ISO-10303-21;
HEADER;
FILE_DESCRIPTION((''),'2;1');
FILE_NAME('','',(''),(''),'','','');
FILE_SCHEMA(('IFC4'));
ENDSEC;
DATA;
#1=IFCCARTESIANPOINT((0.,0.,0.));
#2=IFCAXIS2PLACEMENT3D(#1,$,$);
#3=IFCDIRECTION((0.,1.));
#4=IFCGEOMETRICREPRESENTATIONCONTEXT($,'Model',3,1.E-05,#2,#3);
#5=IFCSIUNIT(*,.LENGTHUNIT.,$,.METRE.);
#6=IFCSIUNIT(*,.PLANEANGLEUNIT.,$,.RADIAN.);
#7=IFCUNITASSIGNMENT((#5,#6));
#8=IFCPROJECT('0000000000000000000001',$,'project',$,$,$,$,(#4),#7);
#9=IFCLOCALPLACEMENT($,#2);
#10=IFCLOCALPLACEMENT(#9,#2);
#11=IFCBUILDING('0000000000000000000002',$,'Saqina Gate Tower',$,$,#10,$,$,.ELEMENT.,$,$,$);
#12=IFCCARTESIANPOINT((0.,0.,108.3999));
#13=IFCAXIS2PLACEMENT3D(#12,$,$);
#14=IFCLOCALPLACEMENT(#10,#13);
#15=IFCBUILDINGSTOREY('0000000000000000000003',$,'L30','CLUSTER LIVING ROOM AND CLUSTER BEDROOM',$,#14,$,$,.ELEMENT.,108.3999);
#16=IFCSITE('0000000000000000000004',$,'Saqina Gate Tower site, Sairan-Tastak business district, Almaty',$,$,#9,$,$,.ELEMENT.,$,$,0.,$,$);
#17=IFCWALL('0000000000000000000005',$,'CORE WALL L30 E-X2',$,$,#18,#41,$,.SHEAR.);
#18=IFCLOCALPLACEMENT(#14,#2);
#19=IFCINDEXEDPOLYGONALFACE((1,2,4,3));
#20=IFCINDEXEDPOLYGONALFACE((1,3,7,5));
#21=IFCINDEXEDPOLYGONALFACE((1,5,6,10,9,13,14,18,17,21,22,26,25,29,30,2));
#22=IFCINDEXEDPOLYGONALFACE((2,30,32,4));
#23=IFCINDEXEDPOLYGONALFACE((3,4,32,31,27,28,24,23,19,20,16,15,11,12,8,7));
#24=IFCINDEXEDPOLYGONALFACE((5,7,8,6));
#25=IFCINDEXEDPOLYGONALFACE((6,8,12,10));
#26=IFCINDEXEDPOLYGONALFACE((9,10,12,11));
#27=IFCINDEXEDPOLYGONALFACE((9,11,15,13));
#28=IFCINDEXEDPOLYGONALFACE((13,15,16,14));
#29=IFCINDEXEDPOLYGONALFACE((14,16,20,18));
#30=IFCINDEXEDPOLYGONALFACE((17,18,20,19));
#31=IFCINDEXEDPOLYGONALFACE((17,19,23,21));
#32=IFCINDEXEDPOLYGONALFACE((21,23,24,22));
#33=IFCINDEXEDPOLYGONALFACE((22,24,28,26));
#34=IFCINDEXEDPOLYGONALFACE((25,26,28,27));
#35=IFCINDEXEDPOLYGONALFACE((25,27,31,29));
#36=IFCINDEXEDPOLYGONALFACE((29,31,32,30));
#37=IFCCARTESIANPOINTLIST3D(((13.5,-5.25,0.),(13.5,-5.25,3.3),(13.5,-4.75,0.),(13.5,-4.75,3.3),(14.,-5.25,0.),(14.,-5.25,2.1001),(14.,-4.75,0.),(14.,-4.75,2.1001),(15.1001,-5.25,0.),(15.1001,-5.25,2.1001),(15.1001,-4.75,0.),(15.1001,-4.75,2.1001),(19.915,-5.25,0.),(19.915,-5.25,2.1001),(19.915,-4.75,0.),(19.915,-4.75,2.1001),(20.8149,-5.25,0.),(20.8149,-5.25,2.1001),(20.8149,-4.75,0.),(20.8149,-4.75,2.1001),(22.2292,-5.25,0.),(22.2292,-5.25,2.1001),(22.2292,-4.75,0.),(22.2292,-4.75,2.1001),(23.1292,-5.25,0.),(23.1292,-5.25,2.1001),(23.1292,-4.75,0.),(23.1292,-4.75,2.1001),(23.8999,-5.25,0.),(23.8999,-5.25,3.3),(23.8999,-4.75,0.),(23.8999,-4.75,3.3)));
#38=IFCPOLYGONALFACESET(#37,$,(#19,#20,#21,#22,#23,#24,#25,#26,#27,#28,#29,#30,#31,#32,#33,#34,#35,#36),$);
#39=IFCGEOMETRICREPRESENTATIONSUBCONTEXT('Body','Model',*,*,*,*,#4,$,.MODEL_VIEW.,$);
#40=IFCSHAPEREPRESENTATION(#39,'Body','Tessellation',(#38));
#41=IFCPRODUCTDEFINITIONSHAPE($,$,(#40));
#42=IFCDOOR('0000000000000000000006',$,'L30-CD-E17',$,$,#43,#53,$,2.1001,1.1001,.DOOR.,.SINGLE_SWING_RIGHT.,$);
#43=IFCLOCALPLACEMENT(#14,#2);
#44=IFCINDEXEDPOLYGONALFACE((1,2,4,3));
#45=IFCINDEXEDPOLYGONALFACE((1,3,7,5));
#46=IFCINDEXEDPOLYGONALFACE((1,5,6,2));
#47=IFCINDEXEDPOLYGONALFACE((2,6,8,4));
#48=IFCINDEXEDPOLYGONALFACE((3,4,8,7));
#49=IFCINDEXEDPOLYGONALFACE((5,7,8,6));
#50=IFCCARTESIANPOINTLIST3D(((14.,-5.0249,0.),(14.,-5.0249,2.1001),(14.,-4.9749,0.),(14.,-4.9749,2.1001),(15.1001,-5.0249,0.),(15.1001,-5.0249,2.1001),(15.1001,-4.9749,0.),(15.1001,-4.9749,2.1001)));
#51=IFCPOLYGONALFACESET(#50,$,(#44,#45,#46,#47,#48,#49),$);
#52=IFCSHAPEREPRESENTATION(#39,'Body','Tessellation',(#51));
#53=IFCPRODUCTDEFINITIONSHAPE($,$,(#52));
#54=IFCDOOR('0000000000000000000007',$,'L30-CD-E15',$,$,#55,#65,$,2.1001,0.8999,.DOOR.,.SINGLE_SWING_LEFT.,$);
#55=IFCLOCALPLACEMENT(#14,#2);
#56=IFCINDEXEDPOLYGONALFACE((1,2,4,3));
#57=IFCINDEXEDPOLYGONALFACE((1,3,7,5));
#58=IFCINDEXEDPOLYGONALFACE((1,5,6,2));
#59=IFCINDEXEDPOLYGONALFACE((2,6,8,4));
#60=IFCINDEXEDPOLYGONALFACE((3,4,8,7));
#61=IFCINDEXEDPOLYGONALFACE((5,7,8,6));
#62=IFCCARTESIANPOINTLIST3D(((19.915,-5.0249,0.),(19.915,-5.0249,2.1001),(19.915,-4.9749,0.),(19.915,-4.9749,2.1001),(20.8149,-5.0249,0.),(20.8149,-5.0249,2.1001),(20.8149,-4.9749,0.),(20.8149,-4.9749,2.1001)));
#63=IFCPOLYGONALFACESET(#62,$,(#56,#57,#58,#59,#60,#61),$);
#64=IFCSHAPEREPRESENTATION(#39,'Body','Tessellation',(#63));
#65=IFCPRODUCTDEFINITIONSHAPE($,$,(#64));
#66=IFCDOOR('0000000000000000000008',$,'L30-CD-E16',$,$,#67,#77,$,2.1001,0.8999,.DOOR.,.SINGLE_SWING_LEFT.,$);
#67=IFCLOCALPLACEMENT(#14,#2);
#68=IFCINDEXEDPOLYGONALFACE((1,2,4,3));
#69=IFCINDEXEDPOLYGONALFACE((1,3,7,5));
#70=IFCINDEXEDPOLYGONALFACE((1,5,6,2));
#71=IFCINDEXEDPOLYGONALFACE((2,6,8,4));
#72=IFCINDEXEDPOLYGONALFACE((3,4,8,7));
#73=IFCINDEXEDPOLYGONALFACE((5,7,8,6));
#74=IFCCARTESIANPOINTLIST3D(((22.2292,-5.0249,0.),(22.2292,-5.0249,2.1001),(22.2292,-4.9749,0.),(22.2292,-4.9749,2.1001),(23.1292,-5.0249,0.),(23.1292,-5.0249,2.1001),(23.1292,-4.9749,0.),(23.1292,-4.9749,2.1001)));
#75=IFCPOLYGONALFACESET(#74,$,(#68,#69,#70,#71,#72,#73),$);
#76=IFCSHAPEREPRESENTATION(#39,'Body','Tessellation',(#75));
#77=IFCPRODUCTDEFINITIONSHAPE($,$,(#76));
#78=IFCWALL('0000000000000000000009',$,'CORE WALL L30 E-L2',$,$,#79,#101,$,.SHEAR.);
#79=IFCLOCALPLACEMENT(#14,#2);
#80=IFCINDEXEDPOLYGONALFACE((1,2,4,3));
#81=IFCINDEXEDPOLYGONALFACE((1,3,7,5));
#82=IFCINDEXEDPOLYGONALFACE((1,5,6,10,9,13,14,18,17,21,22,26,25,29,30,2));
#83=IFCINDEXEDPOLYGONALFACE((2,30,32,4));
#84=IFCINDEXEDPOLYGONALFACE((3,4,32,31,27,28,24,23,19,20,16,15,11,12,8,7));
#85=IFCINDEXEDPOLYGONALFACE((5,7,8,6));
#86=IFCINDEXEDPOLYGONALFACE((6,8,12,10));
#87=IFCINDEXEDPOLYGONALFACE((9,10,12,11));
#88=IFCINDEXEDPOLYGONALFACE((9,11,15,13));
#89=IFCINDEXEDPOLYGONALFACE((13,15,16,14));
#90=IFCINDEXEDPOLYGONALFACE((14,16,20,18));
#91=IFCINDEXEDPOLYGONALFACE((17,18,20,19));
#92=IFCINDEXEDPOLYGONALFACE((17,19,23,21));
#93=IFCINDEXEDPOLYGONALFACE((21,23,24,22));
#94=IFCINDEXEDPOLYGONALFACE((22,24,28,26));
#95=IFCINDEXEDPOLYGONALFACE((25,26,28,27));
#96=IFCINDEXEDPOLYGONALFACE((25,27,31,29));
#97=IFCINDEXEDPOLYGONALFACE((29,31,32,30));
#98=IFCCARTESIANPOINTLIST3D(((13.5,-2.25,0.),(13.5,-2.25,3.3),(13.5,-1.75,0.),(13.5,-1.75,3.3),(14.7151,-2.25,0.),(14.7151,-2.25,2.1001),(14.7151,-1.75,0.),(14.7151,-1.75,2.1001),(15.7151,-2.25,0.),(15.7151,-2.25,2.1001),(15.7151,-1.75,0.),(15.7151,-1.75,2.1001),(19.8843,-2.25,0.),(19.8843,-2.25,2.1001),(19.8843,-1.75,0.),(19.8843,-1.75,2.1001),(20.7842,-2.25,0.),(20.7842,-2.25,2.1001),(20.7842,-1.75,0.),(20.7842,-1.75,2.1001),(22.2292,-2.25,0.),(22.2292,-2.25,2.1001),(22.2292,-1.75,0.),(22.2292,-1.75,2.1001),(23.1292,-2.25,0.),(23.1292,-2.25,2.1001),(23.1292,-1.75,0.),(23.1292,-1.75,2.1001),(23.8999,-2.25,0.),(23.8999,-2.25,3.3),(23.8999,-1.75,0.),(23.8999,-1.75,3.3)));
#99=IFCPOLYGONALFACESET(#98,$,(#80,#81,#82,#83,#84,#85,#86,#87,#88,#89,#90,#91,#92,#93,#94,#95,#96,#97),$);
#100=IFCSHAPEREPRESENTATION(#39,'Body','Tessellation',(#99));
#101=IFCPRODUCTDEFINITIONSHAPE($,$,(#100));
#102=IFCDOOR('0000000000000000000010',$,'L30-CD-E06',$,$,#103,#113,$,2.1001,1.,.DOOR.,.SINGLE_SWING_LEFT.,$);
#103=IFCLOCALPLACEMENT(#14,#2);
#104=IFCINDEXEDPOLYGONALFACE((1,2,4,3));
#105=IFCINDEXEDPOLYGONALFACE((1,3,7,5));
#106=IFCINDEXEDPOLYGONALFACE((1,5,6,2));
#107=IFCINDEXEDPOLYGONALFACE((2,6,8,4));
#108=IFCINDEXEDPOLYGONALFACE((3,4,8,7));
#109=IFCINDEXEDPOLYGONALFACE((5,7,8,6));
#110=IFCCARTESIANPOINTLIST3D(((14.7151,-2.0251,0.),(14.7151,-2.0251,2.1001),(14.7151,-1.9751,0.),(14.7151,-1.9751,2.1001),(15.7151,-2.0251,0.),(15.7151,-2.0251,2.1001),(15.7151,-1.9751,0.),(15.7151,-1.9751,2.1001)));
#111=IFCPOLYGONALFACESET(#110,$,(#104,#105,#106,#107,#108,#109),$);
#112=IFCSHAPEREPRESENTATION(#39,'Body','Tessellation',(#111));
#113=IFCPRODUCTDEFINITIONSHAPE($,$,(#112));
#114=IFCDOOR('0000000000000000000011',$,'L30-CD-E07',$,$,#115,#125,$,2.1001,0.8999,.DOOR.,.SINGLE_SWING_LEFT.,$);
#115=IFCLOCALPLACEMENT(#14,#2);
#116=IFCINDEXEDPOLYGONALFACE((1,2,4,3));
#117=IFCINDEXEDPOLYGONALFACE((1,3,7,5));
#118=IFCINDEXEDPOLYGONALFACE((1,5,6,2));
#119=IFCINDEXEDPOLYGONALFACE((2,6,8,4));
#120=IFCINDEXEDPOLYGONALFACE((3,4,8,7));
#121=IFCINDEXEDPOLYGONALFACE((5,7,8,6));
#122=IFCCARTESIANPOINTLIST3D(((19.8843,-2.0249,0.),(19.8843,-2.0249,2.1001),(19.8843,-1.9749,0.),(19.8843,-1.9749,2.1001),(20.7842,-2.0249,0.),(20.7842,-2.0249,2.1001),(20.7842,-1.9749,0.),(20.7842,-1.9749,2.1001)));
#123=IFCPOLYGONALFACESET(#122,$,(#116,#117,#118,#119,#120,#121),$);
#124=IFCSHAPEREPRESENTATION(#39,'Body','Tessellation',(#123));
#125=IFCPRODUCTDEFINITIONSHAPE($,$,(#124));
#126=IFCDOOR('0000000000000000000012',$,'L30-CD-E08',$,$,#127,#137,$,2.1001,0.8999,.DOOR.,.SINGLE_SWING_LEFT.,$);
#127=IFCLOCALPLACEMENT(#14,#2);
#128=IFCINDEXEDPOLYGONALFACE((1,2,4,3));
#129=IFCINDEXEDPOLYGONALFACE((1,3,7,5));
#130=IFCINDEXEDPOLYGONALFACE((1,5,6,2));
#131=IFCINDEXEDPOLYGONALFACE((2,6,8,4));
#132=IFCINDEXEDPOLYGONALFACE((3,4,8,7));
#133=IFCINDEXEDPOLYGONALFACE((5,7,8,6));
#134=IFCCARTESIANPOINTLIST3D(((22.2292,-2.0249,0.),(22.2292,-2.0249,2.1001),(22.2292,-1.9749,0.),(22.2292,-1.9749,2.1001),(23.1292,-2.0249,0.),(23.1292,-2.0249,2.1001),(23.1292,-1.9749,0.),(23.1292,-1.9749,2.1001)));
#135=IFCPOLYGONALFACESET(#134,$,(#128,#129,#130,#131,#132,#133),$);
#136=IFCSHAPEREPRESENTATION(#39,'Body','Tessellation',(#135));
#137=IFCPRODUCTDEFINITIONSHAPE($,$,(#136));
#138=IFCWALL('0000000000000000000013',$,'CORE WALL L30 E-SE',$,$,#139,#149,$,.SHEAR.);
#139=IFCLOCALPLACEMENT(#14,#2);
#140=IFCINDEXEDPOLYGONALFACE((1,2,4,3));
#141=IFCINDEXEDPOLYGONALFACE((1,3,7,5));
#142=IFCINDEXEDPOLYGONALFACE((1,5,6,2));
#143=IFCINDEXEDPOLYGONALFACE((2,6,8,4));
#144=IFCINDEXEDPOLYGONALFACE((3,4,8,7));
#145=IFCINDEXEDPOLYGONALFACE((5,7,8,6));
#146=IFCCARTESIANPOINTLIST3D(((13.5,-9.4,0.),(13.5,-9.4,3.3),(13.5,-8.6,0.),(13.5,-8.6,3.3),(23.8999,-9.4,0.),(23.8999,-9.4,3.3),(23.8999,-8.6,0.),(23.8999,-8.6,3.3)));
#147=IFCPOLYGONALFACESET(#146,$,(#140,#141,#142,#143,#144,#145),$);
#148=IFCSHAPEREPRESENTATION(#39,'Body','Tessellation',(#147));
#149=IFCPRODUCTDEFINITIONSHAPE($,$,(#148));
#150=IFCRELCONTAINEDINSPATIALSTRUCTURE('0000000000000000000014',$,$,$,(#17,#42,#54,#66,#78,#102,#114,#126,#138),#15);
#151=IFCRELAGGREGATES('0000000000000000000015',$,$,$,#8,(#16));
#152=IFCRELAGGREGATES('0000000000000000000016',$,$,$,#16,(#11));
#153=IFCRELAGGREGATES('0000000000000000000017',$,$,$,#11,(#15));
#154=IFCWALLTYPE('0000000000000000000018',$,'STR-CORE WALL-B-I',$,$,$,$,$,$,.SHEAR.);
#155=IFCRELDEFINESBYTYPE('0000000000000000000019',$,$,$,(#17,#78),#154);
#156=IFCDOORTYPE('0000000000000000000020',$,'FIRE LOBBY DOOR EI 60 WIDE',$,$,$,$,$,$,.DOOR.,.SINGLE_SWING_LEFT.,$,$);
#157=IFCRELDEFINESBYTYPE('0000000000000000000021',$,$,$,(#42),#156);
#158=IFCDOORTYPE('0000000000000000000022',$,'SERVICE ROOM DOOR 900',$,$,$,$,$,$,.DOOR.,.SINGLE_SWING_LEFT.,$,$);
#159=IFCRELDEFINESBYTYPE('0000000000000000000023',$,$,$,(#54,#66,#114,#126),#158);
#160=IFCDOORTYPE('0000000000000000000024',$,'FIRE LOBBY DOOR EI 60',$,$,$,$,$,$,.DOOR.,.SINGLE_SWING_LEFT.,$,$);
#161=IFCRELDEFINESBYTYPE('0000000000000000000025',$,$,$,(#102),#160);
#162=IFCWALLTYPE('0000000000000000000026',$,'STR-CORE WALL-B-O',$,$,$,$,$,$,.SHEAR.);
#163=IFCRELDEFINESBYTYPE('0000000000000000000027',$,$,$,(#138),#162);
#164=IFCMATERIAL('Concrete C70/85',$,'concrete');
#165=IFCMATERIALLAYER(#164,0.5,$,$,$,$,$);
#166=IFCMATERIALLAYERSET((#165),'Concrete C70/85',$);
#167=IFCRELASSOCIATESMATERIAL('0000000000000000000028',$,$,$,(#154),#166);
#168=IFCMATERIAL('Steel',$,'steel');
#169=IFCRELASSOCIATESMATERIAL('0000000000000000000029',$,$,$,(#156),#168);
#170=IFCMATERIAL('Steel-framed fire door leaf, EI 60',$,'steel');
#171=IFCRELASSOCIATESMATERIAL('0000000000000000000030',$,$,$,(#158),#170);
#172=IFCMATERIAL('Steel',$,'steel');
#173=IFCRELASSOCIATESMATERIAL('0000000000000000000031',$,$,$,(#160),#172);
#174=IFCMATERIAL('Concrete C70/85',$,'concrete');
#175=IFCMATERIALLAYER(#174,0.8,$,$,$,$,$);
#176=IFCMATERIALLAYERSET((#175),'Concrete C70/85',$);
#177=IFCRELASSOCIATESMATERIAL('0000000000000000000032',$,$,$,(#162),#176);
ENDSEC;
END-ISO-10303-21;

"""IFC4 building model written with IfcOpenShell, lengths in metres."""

from ifc_helpers import new_model, si_unit, direction, frame, frame_2d, origin, place, context, subcontext, project, spatial, rectangle, extrude, material, layer, layer_set, type_object, element, fill, save


model = new_model("IFC4")

# Units and contexts
model_context = context("Model", 3, precision=1e-05, world=origin(), true_north=direction((0.0, 1.0)))
body_context = subcontext(model_context, "Body", "Model", "MODEL_VIEW")
ifc_project = project(units=[si_unit("LENGTHUNIT", "METRE"), si_unit("PLANEANGLEUNIT", "RADIAN")], contexts=[model_context])

# Site, building, storey
site_placement = place(None, origin())
site = spatial("IfcSite", under=ifc_project, at=site_placement, Name="Saqina Gate Tower site, Sairan-Tastak business district, Almaty", CompositionType="ELEMENT", RefElevation=0.0)
building_placement = place(site_placement, origin())
building = spatial("IfcBuilding", under=site, at=building_placement, Name="Saqina Gate Tower", CompositionType="ELEMENT")
storey_placement = place(building_placement, frame((0.0, 0.0, 108.3999)))
storey = spatial("IfcBuildingStorey", under=building, at=storey_placement, Name="L30", Description="CLUSTER LIVING ROOM AND CLUSTER BEDROOM", CompositionType="ELEMENT", Elevation=108.3999)

# Walls, openings, doors
ifc_material_1 = material(Name="Concrete C70/85", Category="concrete")
ifc_layer_1 = layer(ifc_material_1, 0.5)
ifc_layer_set_1 = layer_set([ifc_layer_1], Name="Concrete C70/85")
wall_type_1 = type_object("IfcWallType", Name="STR-CORE WALL-B-I", PredefinedType="SHEAR", material=ifc_layer_set_1)
wall_1_placement = place(storey_placement, frame((13.5, -5.0, 0.0), z_axis=(0.0, 0.0, 1.0), x_axis=(1.0, 0.0, 0.0)))
wall_1 = element("IfcWall", 1, at=wall_1_placement, inside=storey, type_object=wall_type_1, Name="CORE WALL L30 E-X2", PredefinedType="SHEAR", context=body_context, shape_type="SweptSolid", body=[
    extrude(rectangle(XDim=10.3999, YDim=0.5, at=frame_2d((5.2, 0.0))), origin(), (0.0, 0.0, 1.0), 3.3),
])
opening_1_placement = place(wall_1_placement, frame((6.415, 0.0, 0.0)))
opening_1 = element("IfcOpeningElement", 2, at=opening_1_placement, cuts=wall_1, PredefinedType="OPENING", context=body_context, shape_type="SweptSolid", body=[
    extrude(rectangle(XDim=0.8999, YDim=2.1001, at=frame_2d((0.45, 1.05))), frame((0.0, 0.262, 0.0), z_axis=(0.0, -1.0, 0.0), x_axis=(1.0, 0.0, 0.0)), (0.0, 0.0, 1.0), 0.5239),
])
opening_2_placement = place(wall_1_placement, frame((8.7292, 0.0, 0.0)))
opening_2 = element("IfcOpeningElement", 3, at=opening_2_placement, cuts=wall_1, PredefinedType="OPENING", context=body_context, shape_type="SweptSolid", body=[
    extrude(rectangle(XDim=0.8999, YDim=2.1001, at=frame_2d((0.45, 1.05))), frame((0.0, 0.262, 0.0), z_axis=(0.0, -1.0, 0.0), x_axis=(1.0, 0.0, 0.0)), (0.0, 0.0, 1.0), 0.5239),
])
opening_3_placement = place(wall_1_placement, frame((0.5, 0.0, 0.0)))
opening_3 = element("IfcOpeningElement", 4, at=opening_3_placement, cuts=wall_1, PredefinedType="OPENING", context=body_context, shape_type="SweptSolid", body=[
    extrude(rectangle(XDim=1.1001, YDim=2.1001, at=frame_2d((0.55, 1.05))), frame((0.0, 0.262, 0.0), z_axis=(0.0, -1.0, 0.0), x_axis=(1.0, 0.0, 0.0)), (0.0, 0.0, 1.0), 0.5239),
])
ifc_material_2 = material(Name="Steel", Category="steel")
door_type_1 = type_object("IfcDoorType", Name="FIRE LOBBY DOOR EI 60 WIDE", OperationType="SINGLE_SWING_LEFT", PredefinedType="DOOR", material=ifc_material_2)
door_1_placement = place(opening_3_placement, frame((1.1001, 0.0, 0.0), z_axis=(0.0, 0.0, 1.0), x_axis=(-1.0, 0.0, 0.0)))
door_1 = element("IfcDoor", 5, at=door_1_placement, inside=storey, type_object=door_type_1, Name="L30-CD-E17", OperationType="SINGLE_SWING_RIGHT", OverallHeight=2.1001, OverallWidth=1.1001, PredefinedType="DOOR", context=body_context, shape_type="SweptSolid", body=[
    extrude(rectangle(XDim=1.1001, YDim=2.1001, at=frame_2d((0.55, 1.05))), frame((0.0, 0.0249, 0.0), z_axis=(0.0, -1.0, 0.0), x_axis=(1.0, 0.0, 0.0)), (0.0, 0.0, 1.0), 0.05),
])
fill(opening_3, door_1)
ifc_material_3 = material(Name="Steel-framed fire door leaf, EI 60", Category="steel")
door_type_2 = type_object("IfcDoorType", Name="SERVICE ROOM DOOR 900", OperationType="SINGLE_SWING_LEFT", PredefinedType="DOOR", material=ifc_material_3)
door_2_placement = place(opening_1_placement, frame((0.8999, 0.0, 0.0), z_axis=(0.0, 0.0, 1.0), x_axis=(-1.0, 0.0, 0.0)))
door_2 = element("IfcDoor", 6, at=door_2_placement, inside=storey, type_object=door_type_2, Name="L30-CD-E15", OperationType="SINGLE_SWING_LEFT", OverallHeight=2.1001, OverallWidth=0.8999, PredefinedType="DOOR", context=body_context, shape_type="SweptSolid", body=[
    extrude(rectangle(XDim=0.8999, YDim=2.1001, at=frame_2d((0.45, 1.05))), frame((0.0, 0.0249, 0.0), z_axis=(0.0, -1.0, 0.0), x_axis=(1.0, 0.0, 0.0)), (0.0, 0.0, 1.0), 0.05),
])
fill(opening_1, door_2)
door_3_placement = place(opening_2_placement, frame((0.8999, 0.0, 0.0), z_axis=(0.0, 0.0, 1.0), x_axis=(-1.0, 0.0, 0.0)))
door_3 = element("IfcDoor", 7, at=door_3_placement, inside=storey, type_object=door_type_2, Name="L30-CD-E16", OperationType="SINGLE_SWING_LEFT", OverallHeight=2.1001, OverallWidth=0.8999, PredefinedType="DOOR", context=body_context, shape_type="SweptSolid", body=[
    extrude(rectangle(XDim=0.8999, YDim=2.1001, at=frame_2d((0.45, 1.05))), frame((0.0, 0.0249, 0.0), z_axis=(0.0, -1.0, 0.0), x_axis=(1.0, 0.0, 0.0)), (0.0, 0.0, 1.0), 0.05),
])
fill(opening_2, door_3)
wall_2_placement = place(storey_placement, frame((13.5, -2.0, 0.0), z_axis=(0.0, 0.0, 1.0), x_axis=(1.0, 0.0, 0.0)))
wall_2 = element("IfcWall", 8, at=wall_2_placement, inside=storey, type_object=wall_type_1, Name="CORE WALL L30 E-L2", PredefinedType="SHEAR", context=body_context, shape_type="SweptSolid", body=[
    extrude(rectangle(XDim=10.3999, YDim=0.5, at=frame_2d((5.2, 0.0))), origin(), (0.0, 0.0, 1.0), 3.3),
])
opening_4_placement = place(wall_2_placement, frame((1.2151, 0.0, 0.0)))
opening_4 = element("IfcOpeningElement", 9, at=opening_4_placement, cuts=wall_2, PredefinedType="OPENING", context=body_context, shape_type="SweptSolid", body=[
    extrude(rectangle(XDim=1.0, YDim=2.1001, at=frame_2d((0.5, 1.05))), frame((0.0, 0.262, 0.0), z_axis=(0.0, -1.0, 0.0), x_axis=(1.0, 0.0, 0.0)), (0.0, 0.0, 1.0), 0.5239),
])
opening_5_placement = place(wall_2_placement, frame((6.3843, 0.0, 0.0)))
opening_5 = element("IfcOpeningElement", 10, at=opening_5_placement, cuts=wall_2, PredefinedType="OPENING", context=body_context, shape_type="SweptSolid", body=[
    extrude(rectangle(XDim=0.8999, YDim=2.1001, at=frame_2d((0.45, 1.05))), frame((0.0, 0.262, 0.0), z_axis=(0.0, -1.0, 0.0), x_axis=(1.0, 0.0, 0.0)), (0.0, 0.0, 1.0), 0.5239),
])
opening_6_placement = place(wall_2_placement, frame((8.7292, 0.0, 0.0)))
opening_6 = element("IfcOpeningElement", 11, at=opening_6_placement, cuts=wall_2, PredefinedType="OPENING", context=body_context, shape_type="SweptSolid", body=[
    extrude(rectangle(XDim=0.8999, YDim=2.1001, at=frame_2d((0.45, 1.05))), frame((0.0, 0.262, 0.0), z_axis=(0.0, -1.0, 0.0), x_axis=(1.0, 0.0, 0.0)), (0.0, 0.0, 1.0), 0.5239),
])
ifc_material_4 = material(Name="Steel", Category="steel")
door_type_3 = type_object("IfcDoorType", Name="FIRE LOBBY DOOR EI 60", OperationType="SINGLE_SWING_LEFT", PredefinedType="DOOR", material=ifc_material_4)
door_4_placement = place(opening_4_placement, origin())
door_4 = element("IfcDoor", 12, at=door_4_placement, inside=storey, type_object=door_type_3, Name="L30-CD-E06", OperationType="SINGLE_SWING_LEFT", OverallHeight=2.1001, OverallWidth=1.0, PredefinedType="DOOR", context=body_context, shape_type="SweptSolid", body=[
    extrude(rectangle(XDim=1.0, YDim=2.1001, at=frame_2d((0.5, 1.05))), frame((0.0, 0.0249, 0.0), z_axis=(0.0, -1.0, 0.0), x_axis=(1.0, 0.0, 0.0)), (0.0, 0.0, 1.0), 0.05),
])
fill(opening_4, door_4)
door_5_placement = place(opening_5_placement, frame((0.8999, 0.0, 0.0), z_axis=(0.0, 0.0, 1.0), x_axis=(-1.0, 0.0, 0.0)))
door_5 = element("IfcDoor", 13, at=door_5_placement, inside=storey, type_object=door_type_2, Name="L30-CD-E07", OperationType="SINGLE_SWING_LEFT", OverallHeight=2.1001, OverallWidth=0.8999, PredefinedType="DOOR", context=body_context, shape_type="SweptSolid", body=[
    extrude(rectangle(XDim=0.8999, YDim=2.1001, at=frame_2d((0.45, 1.05))), frame((0.0, 0.0249, 0.0), z_axis=(0.0, -1.0, 0.0), x_axis=(1.0, 0.0, 0.0)), (0.0, 0.0, 1.0), 0.05),
])
fill(opening_5, door_5)
door_6_placement = place(opening_6_placement, frame((0.8999, 0.0, 0.0), z_axis=(0.0, 0.0, 1.0), x_axis=(-1.0, 0.0, 0.0)))
door_6 = element("IfcDoor", 14, at=door_6_placement, inside=storey, type_object=door_type_2, Name="L30-CD-E08", OperationType="SINGLE_SWING_LEFT", OverallHeight=2.1001, OverallWidth=0.8999, PredefinedType="DOOR", context=body_context, shape_type="SweptSolid", body=[
    extrude(rectangle(XDim=0.8999, YDim=2.1001, at=frame_2d((0.45, 1.05))), frame((0.0, 0.0249, 0.0), z_axis=(0.0, -1.0, 0.0), x_axis=(1.0, 0.0, 0.0)), (0.0, 0.0, 1.0), 0.05),
])
fill(opening_6, door_6)
ifc_material_5 = material(Name="Concrete C70/85", Category="concrete")
ifc_layer_2 = layer(ifc_material_5, 0.8)
ifc_layer_set_2 = layer_set([ifc_layer_2], Name="Concrete C70/85")
wall_type_2 = type_object("IfcWallType", Name="STR-CORE WALL-B-O", PredefinedType="SHEAR", material=ifc_layer_set_2)

# Wall
wall_3_placement = place(storey_placement, frame((13.5, -9.0, 0.0), z_axis=(0.0, 0.0, 1.0), x_axis=(1.0, 0.0, 0.0)))
element("IfcWall", 15, at=wall_3_placement, inside=storey, type_object=wall_type_2, Name="CORE WALL L30 E-SE", PredefinedType="SHEAR", context=body_context, shape_type="SweptSolid", body=[
    extrude(rectangle(XDim=10.3999, YDim=0.8, at=frame_2d((5.2, 0.0))), origin(), (0.0, 0.0, 1.0), 3.3),
])

save(model, "model.ifc")
